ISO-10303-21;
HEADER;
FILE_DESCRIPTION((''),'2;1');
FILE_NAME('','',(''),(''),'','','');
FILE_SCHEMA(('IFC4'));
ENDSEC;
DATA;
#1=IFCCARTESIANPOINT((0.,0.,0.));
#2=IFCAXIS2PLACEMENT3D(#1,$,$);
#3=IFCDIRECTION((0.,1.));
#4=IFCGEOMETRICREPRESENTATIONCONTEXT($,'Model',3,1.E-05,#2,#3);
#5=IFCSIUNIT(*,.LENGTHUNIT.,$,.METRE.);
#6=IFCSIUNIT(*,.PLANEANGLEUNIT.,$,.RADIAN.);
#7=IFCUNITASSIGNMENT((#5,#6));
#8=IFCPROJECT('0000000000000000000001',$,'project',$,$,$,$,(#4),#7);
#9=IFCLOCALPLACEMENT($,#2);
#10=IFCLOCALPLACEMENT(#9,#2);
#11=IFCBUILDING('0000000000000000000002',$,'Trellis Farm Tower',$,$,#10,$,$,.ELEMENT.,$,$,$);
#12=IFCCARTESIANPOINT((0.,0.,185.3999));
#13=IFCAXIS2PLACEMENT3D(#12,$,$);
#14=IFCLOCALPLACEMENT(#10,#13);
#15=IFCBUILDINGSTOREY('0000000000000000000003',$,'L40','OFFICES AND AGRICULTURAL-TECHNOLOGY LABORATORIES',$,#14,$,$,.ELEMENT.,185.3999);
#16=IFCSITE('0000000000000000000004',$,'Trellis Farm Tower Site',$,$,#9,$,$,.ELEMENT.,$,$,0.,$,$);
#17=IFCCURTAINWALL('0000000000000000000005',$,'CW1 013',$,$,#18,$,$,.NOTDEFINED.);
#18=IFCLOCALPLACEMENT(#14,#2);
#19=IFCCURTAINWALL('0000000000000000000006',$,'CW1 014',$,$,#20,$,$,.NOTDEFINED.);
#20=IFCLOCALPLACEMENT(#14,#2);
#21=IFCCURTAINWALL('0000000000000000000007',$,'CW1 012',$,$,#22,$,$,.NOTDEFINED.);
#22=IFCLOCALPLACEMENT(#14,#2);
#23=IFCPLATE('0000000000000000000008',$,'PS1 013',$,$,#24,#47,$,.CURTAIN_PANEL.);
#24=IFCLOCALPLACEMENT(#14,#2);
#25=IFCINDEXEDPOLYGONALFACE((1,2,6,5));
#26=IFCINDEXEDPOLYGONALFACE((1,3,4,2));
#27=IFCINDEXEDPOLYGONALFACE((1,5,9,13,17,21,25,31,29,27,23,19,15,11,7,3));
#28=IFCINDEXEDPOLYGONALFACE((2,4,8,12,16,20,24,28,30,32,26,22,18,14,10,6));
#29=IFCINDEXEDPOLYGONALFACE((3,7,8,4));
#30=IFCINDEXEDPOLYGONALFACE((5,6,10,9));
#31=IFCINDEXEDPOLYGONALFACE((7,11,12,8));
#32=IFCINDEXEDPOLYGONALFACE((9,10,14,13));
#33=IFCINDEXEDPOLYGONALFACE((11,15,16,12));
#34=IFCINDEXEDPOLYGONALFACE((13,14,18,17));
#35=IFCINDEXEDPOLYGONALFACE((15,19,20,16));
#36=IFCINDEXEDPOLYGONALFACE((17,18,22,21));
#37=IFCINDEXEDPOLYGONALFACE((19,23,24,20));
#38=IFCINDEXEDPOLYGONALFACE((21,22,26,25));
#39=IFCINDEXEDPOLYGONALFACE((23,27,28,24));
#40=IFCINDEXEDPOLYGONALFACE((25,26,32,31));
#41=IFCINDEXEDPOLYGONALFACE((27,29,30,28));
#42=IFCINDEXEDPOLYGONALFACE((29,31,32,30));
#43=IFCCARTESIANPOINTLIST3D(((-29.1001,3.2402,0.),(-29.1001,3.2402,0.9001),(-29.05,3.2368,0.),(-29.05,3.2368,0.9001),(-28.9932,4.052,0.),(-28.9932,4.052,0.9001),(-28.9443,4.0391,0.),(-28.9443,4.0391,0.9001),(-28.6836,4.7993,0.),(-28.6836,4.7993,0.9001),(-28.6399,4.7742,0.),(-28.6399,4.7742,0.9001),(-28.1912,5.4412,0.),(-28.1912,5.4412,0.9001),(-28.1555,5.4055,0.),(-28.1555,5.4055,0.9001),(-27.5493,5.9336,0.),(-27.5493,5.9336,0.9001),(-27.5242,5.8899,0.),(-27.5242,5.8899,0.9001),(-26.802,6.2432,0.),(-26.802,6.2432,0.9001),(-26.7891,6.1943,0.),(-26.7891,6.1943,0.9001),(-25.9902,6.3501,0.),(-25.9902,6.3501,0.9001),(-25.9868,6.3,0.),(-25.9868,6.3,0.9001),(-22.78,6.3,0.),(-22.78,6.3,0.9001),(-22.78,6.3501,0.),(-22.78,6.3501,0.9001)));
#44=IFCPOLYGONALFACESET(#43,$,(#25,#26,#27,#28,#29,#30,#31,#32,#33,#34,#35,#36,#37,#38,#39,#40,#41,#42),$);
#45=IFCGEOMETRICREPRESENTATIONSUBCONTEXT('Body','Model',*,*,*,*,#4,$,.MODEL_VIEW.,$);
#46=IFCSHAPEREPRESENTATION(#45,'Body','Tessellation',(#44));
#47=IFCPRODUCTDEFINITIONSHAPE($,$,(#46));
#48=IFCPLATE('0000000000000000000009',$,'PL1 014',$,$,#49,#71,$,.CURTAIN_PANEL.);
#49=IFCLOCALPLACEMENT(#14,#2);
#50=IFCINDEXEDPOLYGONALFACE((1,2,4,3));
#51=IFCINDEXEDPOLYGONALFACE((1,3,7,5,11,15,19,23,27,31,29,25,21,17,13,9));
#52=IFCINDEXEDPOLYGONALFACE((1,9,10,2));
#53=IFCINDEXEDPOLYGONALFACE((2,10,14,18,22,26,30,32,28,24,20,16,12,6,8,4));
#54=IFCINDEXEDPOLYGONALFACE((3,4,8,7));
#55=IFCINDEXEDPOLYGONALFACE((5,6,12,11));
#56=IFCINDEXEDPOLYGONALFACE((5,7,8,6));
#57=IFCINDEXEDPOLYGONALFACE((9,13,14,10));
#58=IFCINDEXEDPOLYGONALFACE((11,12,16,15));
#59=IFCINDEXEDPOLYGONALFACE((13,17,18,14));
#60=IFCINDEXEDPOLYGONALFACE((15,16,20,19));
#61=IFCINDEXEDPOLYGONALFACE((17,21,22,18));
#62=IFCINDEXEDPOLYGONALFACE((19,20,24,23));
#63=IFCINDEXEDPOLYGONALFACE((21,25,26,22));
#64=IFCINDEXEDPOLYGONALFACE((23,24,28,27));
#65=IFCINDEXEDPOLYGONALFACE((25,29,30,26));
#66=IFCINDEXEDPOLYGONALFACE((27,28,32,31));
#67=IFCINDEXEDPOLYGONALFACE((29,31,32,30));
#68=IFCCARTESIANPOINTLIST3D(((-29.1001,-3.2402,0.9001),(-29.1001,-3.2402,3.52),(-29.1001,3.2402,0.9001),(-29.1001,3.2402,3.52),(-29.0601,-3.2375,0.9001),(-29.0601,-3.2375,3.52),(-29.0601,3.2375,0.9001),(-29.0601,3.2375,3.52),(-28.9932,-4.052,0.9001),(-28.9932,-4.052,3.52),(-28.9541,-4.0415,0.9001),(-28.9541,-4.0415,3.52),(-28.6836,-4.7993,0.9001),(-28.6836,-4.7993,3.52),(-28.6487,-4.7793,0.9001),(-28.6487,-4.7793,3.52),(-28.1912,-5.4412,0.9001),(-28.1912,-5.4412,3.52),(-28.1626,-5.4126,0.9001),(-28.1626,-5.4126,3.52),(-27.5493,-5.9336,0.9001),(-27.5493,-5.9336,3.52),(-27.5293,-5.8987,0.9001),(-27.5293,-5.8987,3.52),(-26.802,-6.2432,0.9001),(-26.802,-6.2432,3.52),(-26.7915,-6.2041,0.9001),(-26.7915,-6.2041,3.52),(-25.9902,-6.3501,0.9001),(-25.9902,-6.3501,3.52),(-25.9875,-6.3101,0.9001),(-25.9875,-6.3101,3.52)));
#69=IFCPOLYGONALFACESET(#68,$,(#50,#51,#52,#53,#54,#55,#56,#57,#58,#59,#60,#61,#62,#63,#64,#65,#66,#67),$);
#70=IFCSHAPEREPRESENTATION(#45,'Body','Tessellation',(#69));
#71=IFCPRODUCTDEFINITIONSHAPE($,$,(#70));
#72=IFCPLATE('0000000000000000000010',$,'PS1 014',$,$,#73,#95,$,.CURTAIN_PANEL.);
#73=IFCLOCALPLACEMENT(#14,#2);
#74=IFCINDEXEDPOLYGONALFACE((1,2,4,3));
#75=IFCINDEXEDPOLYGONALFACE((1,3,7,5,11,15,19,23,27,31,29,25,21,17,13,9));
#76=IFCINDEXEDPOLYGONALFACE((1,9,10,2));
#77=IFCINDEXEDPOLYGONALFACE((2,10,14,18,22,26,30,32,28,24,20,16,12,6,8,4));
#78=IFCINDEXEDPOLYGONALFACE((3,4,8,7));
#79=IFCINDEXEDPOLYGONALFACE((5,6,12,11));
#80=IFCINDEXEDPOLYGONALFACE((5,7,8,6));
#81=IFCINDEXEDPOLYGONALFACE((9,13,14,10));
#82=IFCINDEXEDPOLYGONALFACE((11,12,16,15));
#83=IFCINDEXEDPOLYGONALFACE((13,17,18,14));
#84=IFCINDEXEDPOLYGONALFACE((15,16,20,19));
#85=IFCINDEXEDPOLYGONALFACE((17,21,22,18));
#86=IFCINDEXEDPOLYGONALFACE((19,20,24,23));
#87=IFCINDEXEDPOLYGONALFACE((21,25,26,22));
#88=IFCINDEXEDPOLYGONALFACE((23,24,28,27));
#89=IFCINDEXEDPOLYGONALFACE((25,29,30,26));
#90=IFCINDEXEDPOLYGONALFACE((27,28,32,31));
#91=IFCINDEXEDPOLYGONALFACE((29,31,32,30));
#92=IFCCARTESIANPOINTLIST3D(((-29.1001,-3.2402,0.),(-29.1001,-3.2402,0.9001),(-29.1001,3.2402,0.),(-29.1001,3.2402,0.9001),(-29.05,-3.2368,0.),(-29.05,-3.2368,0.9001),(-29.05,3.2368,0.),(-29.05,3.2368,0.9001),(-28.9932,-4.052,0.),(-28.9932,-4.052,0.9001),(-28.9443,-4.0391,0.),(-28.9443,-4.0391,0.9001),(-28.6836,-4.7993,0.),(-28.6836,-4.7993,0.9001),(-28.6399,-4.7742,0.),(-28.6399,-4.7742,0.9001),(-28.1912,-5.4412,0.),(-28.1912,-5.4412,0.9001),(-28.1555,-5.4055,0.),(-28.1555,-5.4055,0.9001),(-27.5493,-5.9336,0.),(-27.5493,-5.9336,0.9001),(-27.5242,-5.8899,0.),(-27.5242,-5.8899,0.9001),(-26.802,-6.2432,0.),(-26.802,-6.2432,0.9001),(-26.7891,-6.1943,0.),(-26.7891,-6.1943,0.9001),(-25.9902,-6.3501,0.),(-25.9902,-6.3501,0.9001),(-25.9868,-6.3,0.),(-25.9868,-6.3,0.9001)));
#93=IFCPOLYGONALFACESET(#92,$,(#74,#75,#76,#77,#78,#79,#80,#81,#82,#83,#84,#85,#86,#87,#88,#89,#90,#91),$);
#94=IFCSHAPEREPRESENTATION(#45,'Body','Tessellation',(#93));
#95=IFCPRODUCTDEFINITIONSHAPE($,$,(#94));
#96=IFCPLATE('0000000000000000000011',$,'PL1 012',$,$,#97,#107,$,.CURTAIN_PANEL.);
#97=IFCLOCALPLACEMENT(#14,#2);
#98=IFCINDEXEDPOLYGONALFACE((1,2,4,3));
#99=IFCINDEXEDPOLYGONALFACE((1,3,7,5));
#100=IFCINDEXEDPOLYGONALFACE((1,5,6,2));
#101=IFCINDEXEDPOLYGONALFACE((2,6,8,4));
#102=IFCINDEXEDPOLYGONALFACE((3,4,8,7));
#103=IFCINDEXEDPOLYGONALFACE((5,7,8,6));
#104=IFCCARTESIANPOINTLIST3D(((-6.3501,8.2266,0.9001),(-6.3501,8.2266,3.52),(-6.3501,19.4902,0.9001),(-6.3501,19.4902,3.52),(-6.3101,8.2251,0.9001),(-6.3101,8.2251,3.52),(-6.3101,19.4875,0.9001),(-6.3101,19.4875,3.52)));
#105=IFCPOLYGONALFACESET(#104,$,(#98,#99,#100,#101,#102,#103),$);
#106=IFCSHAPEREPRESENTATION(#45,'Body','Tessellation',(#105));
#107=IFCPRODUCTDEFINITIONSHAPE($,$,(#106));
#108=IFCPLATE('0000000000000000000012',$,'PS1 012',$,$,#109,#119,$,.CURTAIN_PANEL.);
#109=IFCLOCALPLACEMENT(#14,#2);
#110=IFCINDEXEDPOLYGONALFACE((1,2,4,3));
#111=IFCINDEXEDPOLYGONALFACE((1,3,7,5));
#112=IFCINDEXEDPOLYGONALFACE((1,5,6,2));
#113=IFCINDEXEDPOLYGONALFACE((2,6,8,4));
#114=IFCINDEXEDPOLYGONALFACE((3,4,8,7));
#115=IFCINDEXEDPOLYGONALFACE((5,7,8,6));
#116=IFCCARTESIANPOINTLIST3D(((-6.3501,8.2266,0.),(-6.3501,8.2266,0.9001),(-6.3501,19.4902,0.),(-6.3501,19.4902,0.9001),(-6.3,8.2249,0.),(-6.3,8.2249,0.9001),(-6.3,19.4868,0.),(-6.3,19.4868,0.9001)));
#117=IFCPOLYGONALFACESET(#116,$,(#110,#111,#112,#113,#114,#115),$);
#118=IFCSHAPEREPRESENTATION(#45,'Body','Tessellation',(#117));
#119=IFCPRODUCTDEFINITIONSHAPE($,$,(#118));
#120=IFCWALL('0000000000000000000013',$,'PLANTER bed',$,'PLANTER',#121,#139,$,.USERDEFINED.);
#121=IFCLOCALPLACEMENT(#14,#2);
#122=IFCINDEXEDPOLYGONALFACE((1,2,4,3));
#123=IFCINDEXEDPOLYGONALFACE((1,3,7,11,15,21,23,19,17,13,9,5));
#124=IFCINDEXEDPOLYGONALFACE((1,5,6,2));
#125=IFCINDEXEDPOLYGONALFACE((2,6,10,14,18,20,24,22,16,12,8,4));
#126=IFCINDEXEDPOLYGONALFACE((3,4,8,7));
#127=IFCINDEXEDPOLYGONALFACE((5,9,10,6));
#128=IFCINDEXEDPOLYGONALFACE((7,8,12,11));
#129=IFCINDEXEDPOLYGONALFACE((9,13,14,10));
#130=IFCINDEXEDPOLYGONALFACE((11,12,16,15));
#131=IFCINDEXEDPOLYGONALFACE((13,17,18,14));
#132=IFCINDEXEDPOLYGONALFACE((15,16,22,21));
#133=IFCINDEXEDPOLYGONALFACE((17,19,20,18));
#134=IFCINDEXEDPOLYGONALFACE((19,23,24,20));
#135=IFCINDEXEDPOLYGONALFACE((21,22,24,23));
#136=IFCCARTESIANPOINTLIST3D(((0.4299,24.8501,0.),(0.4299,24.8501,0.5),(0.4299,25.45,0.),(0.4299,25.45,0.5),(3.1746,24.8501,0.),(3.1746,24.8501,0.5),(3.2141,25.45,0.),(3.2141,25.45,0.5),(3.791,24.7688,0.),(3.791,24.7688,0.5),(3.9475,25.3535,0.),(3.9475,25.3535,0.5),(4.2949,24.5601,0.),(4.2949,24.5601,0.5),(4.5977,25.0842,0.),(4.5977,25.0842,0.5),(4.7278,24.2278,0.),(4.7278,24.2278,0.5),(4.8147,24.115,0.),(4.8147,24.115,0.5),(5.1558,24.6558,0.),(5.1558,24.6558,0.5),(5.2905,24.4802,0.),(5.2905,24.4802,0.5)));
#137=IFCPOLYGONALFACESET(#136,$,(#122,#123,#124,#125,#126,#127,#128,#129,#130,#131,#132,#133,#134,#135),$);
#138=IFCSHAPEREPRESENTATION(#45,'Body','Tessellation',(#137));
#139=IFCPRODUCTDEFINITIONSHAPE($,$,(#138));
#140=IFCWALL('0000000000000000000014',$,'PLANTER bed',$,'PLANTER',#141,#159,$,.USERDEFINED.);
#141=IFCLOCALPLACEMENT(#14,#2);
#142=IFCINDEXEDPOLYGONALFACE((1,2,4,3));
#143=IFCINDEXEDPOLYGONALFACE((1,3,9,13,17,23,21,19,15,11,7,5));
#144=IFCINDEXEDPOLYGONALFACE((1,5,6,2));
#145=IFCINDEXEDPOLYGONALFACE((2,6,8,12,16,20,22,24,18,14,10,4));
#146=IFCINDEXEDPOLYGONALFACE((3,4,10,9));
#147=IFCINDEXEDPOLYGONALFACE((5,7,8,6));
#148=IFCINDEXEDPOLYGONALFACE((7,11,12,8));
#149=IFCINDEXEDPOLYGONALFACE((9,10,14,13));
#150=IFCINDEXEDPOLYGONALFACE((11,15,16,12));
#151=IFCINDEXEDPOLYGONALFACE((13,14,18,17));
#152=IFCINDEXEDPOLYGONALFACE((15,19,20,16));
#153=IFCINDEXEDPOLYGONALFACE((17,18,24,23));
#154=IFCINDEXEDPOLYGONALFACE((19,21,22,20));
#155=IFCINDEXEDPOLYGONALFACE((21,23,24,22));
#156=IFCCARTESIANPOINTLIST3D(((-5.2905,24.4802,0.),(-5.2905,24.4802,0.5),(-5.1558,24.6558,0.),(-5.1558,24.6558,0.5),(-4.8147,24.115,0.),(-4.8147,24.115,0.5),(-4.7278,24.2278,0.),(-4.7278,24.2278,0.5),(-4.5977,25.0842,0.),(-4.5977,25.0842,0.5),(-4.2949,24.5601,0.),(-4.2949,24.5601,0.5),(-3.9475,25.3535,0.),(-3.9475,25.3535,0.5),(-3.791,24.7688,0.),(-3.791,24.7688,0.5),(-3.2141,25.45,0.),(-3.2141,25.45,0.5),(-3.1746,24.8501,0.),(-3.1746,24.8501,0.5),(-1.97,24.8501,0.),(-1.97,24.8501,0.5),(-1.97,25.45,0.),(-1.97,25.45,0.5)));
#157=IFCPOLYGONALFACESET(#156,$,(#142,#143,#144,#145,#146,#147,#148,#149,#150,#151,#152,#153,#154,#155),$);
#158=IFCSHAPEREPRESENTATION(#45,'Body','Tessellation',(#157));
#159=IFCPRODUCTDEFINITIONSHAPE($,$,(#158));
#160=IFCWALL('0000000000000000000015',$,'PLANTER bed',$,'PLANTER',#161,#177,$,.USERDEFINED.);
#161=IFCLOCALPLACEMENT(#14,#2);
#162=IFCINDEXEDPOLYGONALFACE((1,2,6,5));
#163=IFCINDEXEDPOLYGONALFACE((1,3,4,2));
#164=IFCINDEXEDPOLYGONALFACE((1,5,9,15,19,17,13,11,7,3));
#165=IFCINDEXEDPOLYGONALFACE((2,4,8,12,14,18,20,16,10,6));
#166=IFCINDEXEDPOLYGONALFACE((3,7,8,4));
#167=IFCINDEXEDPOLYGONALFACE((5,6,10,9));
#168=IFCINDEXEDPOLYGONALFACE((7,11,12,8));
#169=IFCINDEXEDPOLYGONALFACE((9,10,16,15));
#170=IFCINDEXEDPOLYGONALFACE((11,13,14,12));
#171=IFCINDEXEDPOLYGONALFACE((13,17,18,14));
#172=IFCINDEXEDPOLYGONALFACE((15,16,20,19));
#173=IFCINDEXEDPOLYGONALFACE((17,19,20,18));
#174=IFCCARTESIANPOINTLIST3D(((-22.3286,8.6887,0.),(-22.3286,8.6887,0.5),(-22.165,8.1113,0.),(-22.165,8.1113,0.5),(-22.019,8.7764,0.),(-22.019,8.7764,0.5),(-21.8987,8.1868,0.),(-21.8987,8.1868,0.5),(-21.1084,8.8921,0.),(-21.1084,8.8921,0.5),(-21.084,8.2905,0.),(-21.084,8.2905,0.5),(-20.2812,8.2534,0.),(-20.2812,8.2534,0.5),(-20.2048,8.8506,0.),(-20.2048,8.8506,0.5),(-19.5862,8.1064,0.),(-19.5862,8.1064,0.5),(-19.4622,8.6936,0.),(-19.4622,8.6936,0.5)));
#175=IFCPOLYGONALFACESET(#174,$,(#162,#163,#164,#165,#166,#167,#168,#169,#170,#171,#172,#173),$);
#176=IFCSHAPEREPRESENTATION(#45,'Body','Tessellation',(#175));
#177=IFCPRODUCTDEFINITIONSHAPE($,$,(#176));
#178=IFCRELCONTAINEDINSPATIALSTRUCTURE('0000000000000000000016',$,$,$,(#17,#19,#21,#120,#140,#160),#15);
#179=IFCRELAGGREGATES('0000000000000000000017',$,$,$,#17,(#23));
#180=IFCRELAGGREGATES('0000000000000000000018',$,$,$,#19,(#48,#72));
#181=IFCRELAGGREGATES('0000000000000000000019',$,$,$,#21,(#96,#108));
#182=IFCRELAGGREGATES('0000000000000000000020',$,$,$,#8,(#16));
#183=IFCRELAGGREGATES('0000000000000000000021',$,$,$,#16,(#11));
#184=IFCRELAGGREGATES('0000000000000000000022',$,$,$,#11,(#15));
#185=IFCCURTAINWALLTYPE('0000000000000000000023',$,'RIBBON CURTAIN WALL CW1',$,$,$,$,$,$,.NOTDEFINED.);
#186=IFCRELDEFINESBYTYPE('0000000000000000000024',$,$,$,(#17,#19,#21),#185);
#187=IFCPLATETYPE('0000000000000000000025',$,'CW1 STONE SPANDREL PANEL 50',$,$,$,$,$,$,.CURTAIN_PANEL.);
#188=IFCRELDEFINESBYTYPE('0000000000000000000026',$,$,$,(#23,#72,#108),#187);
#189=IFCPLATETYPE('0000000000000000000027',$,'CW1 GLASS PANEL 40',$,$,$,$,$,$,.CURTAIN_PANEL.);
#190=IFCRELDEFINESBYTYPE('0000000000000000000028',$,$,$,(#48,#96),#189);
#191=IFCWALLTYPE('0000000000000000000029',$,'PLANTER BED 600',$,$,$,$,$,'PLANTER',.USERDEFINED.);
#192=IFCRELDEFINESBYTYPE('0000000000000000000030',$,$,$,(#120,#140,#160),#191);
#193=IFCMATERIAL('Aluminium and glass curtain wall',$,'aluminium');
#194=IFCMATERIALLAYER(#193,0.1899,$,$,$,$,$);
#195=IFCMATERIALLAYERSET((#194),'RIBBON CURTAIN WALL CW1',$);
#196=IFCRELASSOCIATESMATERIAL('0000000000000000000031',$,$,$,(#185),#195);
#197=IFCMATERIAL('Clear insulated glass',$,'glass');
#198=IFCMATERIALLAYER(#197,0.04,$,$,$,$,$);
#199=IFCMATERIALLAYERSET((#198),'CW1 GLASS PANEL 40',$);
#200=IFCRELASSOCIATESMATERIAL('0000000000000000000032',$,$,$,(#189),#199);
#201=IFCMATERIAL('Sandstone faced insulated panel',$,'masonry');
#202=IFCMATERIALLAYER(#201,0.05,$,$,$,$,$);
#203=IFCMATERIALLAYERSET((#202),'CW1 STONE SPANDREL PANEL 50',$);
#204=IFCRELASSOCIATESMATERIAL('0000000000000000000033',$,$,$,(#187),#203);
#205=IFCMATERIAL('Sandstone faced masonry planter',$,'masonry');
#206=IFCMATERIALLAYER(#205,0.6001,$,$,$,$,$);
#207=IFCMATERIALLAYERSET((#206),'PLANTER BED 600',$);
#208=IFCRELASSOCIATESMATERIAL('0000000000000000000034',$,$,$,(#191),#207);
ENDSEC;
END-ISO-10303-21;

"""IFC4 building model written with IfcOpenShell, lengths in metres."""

from ifc_helpers import new_model, si_unit, direction, frame, origin, place, context, subcontext, project, spatial, polyline, outline, extrude, source, transform, mapped, material, layer, layer_set, type_object, element, aggregate, save


model = new_model("IFC4")

# Units and contexts
model_context = context("Model", 3, precision=1e-05, world=origin(), true_north=direction((0.0, 1.0)))
body_context = subcontext(model_context, "Body", "Model", "MODEL_VIEW")
ifc_project = project(units=[si_unit("LENGTHUNIT", "METRE"), si_unit("PLANEANGLEUNIT", "RADIAN")], contexts=[model_context])

# Site, building, storey
site_placement = place(None, origin())
site = spatial("IfcSite", under=ifc_project, at=site_placement, Name="Trellis Farm Tower Site", CompositionType="ELEMENT", RefElevation=0.0)
building_placement = place(site_placement, origin())
building = spatial("IfcBuilding", under=site, at=building_placement, Name="Trellis Farm Tower", CompositionType="ELEMENT")
storey_placement = place(building_placement, frame((0.0, 0.0, 185.3999)))
storey = spatial("IfcBuildingStorey", under=building, at=storey_placement, Name="L40", Description="OFFICES AND AGRICULTURAL-TECHNOLOGY LABORATORIES", CompositionType="ELEMENT", Elevation=185.3999)

# Shared definitions
ifc_material_1 = material(Name="Aluminium and glass curtain wall", Category="aluminium")
ifc_layer_1 = layer(ifc_material_1, 0.1899)
ifc_layer_set_1 = layer_set([ifc_layer_1], Name="RIBBON CURTAIN WALL CW1")
curtain_wall_type_1 = type_object("IfcCurtainWallType", Name="RIBBON CURTAIN WALL CW1", PredefinedType="NOTDEFINED", material=ifc_layer_set_1)
placement_1 = place(storey_placement, origin())

# Curtain walls
curtain_wall_1 = element("IfcCurtainWall", 1, at=placement_1, inside=storey, type_object=curtain_wall_type_1, Name="CW1 013", PredefinedType="NOTDEFINED")
curtain_wall_2 = element("IfcCurtainWall", 2, at=placement_1, inside=storey, type_object=curtain_wall_type_1, Name="CW1 014", PredefinedType="NOTDEFINED")
curtain_wall_3 = element("IfcCurtainWall", 3, at=placement_1, inside=storey, type_object=curtain_wall_type_1, Name="CW1 012", PredefinedType="NOTDEFINED")

# Plates
ifc_material_2 = material(Name="Clear insulated glass", Category="glass")
ifc_layer_2 = layer(ifc_material_2, 0.04)
ifc_layer_set_2 = layer_set([ifc_layer_2], Name="CW1 GLASS PANEL 40")
plate_type_1 = type_object("IfcPlateType", Name="CW1 GLASS PANEL 40", PredefinedType="CURTAIN_PANEL", material=ifc_layer_set_2)
placement_2 = place(storey_placement, frame((0.0, 0.0, 0.9001)))
ifc_material_3 = material(Name="Sandstone faced insulated panel", Category="masonry")
ifc_layer_3 = layer(ifc_material_3, 0.05)
ifc_layer_set_3 = layer_set([ifc_layer_3], Name="CW1 STONE SPANDREL PANEL 50")
plate_type_2 = type_object("IfcPlateType", Name="CW1 STONE SPANDREL PANEL 50", PredefinedType="CURTAIN_PANEL", material=ifc_layer_set_3)
shared_shape_1 = source(origin(), body_context, "Body", "SweptSolid", [
    extrude(outline(polyline([(-22.78, 6.3501), (-25.9902, 6.3501), (-26.802, 6.2432), (-27.5493, 5.9336), (-28.1912, 5.4412), (-28.6836, 4.7993), (-28.9932, 4.052), (-29.1001, 3.2402), (-29.05, 3.2368), (-28.9443, 4.0391), (-28.6399, 4.7742), (-28.1555, 5.4055), (-27.5242, 5.8899), (-26.7891, 6.1943), (-25.9868, 6.3), (-22.78, 6.3), (-22.78, 6.3501)])), origin(), (0.0, 0.0, 1.0), 0.9001),
])
plate_1 = element("IfcPlate", 4, at=placement_1, type_object=plate_type_2, Name="PS1 013", PredefinedType="CURTAIN_PANEL", context=body_context, shape_type="MappedRepresentation", body=[
    mapped(shared_shape_1, transform((0.0, 0.0, 0.0))),
])
aggregate(curtain_wall_1, [plate_1])
shared_shape_2 = source(origin(), body_context, "Body", "SweptSolid", [
    extrude(outline(polyline([(-29.1001, 3.2402), (-29.1001, -3.2402), (-28.9932, -4.052), (-28.6836, -4.7993), (-28.1912, -5.4412), (-27.5493, -5.9336), (-26.802, -6.2432), (-25.9902, -6.3501), (-25.9875, -6.3101), (-26.7915, -6.2041), (-27.5293, -5.8987), (-28.1626, -5.4126), (-28.6487, -4.7793), (-28.9541, -4.0415), (-29.0601, -3.2375), (-29.0601, 3.2375), (-29.1001, 3.2402)])), origin(), (0.0, 0.0, 1.0), 2.6199),
])
plate_2 = element("IfcPlate", 5, at=placement_2, type_object=plate_type_1, Name="PL1 014", PredefinedType="CURTAIN_PANEL", context=body_context, shape_type="MappedRepresentation", body=[
    mapped(shared_shape_2, transform((0.0, 0.0, 0.0))),
])
shared_shape_3 = source(origin(), body_context, "Body", "SweptSolid", [
    extrude(outline(polyline([(-29.1001, 3.2402), (-29.1001, -3.2402), (-28.9932, -4.052), (-28.6836, -4.7993), (-28.1912, -5.4412), (-27.5493, -5.9336), (-26.802, -6.2432), (-25.9902, -6.3501), (-25.9868, -6.3), (-26.7891, -6.1943), (-27.5242, -5.8899), (-28.1555, -5.4055), (-28.6399, -4.7742), (-28.9443, -4.0391), (-29.05, -3.2368), (-29.05, 3.2368), (-29.1001, 3.2402)])), origin(), (0.0, 0.0, 1.0), 0.9001),
])
plate_3 = element("IfcPlate", 6, at=placement_1, type_object=plate_type_2, Name="PS1 014", PredefinedType="CURTAIN_PANEL", context=body_context, shape_type="MappedRepresentation", body=[
    mapped(shared_shape_3, transform((0.0, 0.0, 0.0))),
])
aggregate(curtain_wall_2, [plate_2, plate_3])
shared_shape_4 = source(origin(), body_context, "Body", "SweptSolid", [
    extrude(outline(polyline([(-6.3501, 19.4902), (-6.3501, 8.2266), (-6.3101, 8.2251), (-6.3101, 19.4875), (-6.3501, 19.4902)])), origin(), (0.0, 0.0, 1.0), 2.6199),
])
plate_4 = element("IfcPlate", 7, at=placement_2, type_object=plate_type_1, Name="PL1 012", PredefinedType="CURTAIN_PANEL", context=body_context, shape_type="MappedRepresentation", body=[
    mapped(shared_shape_4, transform((0.0, 0.0, 0.0))),
])
shared_shape_5 = source(origin(), body_context, "Body", "SweptSolid", [
    extrude(outline(polyline([(-6.3501, 19.4902), (-6.3501, 8.2266), (-6.3, 8.2249), (-6.3, 19.4868), (-6.3501, 19.4902)])), origin(), (0.0, 0.0, 1.0), 0.9001),
])
plate_5 = element("IfcPlate", 8, at=placement_1, type_object=plate_type_2, Name="PS1 012", PredefinedType="CURTAIN_PANEL", context=body_context, shape_type="MappedRepresentation", body=[
    mapped(shared_shape_5, transform((0.0, 0.0, 0.0))),
])
aggregate(curtain_wall_3, [plate_4, plate_5])

# Walls
ifc_material_4 = material(Name="Sandstone faced masonry planter", Category="masonry")
ifc_layer_4 = layer(ifc_material_4, 0.6001)
ifc_layer_set_4 = layer_set([ifc_layer_4], Name="PLANTER BED 600")
wall_type_1 = type_object("IfcWallType", Name="PLANTER BED 600", ElementType="PLANTER", PredefinedType="USERDEFINED", material=ifc_layer_set_4)
element("IfcWall", 9, at=placement_1, inside=storey, type_object=wall_type_1, Name="PLANTER bed", ObjectType="PLANTER", PredefinedType="USERDEFINED", context=body_context, shape_type="SweptSolid", body=[
    extrude(outline(polyline([(3.2141, 25.45), (3.9475, 25.3535), (4.5977, 25.0842), (5.1558, 24.6558), (5.2905, 24.4802), (4.8147, 24.115), (4.7278, 24.2278), (4.2949, 24.5601), (3.791, 24.7688), (3.1746, 24.8501), (0.4299, 24.8501), (0.4299, 25.45), (3.2141, 25.45)])), origin(), (0.0, 0.0, 1.0), 0.5),
])
element("IfcWall", 10, at=placement_1, inside=storey, type_object=wall_type_1, Name="PLANTER bed", ObjectType="PLANTER", PredefinedType="USERDEFINED", context=body_context, shape_type="SweptSolid", body=[
    extrude(outline(polyline([(-4.5977, 25.0842), (-3.9475, 25.3535), (-3.2141, 25.45), (-1.97, 25.45), (-1.97, 24.8501), (-3.1746, 24.8501), (-3.791, 24.7688), (-4.2949, 24.5601), (-4.7278, 24.2278), (-4.8147, 24.115), (-5.2905, 24.4802), (-5.1558, 24.6558), (-4.5977, 25.0842)])), origin(), (0.0, 0.0, 1.0), 0.5),
])
element("IfcWall", 11, at=placement_1, inside=storey, type_object=wall_type_1, Name="PLANTER bed", ObjectType="PLANTER", PredefinedType="USERDEFINED", context=body_context, shape_type="SweptSolid", body=[
    extrude(outline(polyline([(-21.1084, 8.8921), (-20.2048, 8.8506), (-19.4622, 8.6936), (-19.5862, 8.1064), (-20.2812, 8.2534), (-21.084, 8.2905), (-21.8987, 8.1868), (-22.165, 8.1113), (-22.3286, 8.6887), (-22.019, 8.7764), (-21.1084, 8.8921)])), origin(), (0.0, 0.0, 1.0), 0.5),
])

save(model, "model.ifc")
